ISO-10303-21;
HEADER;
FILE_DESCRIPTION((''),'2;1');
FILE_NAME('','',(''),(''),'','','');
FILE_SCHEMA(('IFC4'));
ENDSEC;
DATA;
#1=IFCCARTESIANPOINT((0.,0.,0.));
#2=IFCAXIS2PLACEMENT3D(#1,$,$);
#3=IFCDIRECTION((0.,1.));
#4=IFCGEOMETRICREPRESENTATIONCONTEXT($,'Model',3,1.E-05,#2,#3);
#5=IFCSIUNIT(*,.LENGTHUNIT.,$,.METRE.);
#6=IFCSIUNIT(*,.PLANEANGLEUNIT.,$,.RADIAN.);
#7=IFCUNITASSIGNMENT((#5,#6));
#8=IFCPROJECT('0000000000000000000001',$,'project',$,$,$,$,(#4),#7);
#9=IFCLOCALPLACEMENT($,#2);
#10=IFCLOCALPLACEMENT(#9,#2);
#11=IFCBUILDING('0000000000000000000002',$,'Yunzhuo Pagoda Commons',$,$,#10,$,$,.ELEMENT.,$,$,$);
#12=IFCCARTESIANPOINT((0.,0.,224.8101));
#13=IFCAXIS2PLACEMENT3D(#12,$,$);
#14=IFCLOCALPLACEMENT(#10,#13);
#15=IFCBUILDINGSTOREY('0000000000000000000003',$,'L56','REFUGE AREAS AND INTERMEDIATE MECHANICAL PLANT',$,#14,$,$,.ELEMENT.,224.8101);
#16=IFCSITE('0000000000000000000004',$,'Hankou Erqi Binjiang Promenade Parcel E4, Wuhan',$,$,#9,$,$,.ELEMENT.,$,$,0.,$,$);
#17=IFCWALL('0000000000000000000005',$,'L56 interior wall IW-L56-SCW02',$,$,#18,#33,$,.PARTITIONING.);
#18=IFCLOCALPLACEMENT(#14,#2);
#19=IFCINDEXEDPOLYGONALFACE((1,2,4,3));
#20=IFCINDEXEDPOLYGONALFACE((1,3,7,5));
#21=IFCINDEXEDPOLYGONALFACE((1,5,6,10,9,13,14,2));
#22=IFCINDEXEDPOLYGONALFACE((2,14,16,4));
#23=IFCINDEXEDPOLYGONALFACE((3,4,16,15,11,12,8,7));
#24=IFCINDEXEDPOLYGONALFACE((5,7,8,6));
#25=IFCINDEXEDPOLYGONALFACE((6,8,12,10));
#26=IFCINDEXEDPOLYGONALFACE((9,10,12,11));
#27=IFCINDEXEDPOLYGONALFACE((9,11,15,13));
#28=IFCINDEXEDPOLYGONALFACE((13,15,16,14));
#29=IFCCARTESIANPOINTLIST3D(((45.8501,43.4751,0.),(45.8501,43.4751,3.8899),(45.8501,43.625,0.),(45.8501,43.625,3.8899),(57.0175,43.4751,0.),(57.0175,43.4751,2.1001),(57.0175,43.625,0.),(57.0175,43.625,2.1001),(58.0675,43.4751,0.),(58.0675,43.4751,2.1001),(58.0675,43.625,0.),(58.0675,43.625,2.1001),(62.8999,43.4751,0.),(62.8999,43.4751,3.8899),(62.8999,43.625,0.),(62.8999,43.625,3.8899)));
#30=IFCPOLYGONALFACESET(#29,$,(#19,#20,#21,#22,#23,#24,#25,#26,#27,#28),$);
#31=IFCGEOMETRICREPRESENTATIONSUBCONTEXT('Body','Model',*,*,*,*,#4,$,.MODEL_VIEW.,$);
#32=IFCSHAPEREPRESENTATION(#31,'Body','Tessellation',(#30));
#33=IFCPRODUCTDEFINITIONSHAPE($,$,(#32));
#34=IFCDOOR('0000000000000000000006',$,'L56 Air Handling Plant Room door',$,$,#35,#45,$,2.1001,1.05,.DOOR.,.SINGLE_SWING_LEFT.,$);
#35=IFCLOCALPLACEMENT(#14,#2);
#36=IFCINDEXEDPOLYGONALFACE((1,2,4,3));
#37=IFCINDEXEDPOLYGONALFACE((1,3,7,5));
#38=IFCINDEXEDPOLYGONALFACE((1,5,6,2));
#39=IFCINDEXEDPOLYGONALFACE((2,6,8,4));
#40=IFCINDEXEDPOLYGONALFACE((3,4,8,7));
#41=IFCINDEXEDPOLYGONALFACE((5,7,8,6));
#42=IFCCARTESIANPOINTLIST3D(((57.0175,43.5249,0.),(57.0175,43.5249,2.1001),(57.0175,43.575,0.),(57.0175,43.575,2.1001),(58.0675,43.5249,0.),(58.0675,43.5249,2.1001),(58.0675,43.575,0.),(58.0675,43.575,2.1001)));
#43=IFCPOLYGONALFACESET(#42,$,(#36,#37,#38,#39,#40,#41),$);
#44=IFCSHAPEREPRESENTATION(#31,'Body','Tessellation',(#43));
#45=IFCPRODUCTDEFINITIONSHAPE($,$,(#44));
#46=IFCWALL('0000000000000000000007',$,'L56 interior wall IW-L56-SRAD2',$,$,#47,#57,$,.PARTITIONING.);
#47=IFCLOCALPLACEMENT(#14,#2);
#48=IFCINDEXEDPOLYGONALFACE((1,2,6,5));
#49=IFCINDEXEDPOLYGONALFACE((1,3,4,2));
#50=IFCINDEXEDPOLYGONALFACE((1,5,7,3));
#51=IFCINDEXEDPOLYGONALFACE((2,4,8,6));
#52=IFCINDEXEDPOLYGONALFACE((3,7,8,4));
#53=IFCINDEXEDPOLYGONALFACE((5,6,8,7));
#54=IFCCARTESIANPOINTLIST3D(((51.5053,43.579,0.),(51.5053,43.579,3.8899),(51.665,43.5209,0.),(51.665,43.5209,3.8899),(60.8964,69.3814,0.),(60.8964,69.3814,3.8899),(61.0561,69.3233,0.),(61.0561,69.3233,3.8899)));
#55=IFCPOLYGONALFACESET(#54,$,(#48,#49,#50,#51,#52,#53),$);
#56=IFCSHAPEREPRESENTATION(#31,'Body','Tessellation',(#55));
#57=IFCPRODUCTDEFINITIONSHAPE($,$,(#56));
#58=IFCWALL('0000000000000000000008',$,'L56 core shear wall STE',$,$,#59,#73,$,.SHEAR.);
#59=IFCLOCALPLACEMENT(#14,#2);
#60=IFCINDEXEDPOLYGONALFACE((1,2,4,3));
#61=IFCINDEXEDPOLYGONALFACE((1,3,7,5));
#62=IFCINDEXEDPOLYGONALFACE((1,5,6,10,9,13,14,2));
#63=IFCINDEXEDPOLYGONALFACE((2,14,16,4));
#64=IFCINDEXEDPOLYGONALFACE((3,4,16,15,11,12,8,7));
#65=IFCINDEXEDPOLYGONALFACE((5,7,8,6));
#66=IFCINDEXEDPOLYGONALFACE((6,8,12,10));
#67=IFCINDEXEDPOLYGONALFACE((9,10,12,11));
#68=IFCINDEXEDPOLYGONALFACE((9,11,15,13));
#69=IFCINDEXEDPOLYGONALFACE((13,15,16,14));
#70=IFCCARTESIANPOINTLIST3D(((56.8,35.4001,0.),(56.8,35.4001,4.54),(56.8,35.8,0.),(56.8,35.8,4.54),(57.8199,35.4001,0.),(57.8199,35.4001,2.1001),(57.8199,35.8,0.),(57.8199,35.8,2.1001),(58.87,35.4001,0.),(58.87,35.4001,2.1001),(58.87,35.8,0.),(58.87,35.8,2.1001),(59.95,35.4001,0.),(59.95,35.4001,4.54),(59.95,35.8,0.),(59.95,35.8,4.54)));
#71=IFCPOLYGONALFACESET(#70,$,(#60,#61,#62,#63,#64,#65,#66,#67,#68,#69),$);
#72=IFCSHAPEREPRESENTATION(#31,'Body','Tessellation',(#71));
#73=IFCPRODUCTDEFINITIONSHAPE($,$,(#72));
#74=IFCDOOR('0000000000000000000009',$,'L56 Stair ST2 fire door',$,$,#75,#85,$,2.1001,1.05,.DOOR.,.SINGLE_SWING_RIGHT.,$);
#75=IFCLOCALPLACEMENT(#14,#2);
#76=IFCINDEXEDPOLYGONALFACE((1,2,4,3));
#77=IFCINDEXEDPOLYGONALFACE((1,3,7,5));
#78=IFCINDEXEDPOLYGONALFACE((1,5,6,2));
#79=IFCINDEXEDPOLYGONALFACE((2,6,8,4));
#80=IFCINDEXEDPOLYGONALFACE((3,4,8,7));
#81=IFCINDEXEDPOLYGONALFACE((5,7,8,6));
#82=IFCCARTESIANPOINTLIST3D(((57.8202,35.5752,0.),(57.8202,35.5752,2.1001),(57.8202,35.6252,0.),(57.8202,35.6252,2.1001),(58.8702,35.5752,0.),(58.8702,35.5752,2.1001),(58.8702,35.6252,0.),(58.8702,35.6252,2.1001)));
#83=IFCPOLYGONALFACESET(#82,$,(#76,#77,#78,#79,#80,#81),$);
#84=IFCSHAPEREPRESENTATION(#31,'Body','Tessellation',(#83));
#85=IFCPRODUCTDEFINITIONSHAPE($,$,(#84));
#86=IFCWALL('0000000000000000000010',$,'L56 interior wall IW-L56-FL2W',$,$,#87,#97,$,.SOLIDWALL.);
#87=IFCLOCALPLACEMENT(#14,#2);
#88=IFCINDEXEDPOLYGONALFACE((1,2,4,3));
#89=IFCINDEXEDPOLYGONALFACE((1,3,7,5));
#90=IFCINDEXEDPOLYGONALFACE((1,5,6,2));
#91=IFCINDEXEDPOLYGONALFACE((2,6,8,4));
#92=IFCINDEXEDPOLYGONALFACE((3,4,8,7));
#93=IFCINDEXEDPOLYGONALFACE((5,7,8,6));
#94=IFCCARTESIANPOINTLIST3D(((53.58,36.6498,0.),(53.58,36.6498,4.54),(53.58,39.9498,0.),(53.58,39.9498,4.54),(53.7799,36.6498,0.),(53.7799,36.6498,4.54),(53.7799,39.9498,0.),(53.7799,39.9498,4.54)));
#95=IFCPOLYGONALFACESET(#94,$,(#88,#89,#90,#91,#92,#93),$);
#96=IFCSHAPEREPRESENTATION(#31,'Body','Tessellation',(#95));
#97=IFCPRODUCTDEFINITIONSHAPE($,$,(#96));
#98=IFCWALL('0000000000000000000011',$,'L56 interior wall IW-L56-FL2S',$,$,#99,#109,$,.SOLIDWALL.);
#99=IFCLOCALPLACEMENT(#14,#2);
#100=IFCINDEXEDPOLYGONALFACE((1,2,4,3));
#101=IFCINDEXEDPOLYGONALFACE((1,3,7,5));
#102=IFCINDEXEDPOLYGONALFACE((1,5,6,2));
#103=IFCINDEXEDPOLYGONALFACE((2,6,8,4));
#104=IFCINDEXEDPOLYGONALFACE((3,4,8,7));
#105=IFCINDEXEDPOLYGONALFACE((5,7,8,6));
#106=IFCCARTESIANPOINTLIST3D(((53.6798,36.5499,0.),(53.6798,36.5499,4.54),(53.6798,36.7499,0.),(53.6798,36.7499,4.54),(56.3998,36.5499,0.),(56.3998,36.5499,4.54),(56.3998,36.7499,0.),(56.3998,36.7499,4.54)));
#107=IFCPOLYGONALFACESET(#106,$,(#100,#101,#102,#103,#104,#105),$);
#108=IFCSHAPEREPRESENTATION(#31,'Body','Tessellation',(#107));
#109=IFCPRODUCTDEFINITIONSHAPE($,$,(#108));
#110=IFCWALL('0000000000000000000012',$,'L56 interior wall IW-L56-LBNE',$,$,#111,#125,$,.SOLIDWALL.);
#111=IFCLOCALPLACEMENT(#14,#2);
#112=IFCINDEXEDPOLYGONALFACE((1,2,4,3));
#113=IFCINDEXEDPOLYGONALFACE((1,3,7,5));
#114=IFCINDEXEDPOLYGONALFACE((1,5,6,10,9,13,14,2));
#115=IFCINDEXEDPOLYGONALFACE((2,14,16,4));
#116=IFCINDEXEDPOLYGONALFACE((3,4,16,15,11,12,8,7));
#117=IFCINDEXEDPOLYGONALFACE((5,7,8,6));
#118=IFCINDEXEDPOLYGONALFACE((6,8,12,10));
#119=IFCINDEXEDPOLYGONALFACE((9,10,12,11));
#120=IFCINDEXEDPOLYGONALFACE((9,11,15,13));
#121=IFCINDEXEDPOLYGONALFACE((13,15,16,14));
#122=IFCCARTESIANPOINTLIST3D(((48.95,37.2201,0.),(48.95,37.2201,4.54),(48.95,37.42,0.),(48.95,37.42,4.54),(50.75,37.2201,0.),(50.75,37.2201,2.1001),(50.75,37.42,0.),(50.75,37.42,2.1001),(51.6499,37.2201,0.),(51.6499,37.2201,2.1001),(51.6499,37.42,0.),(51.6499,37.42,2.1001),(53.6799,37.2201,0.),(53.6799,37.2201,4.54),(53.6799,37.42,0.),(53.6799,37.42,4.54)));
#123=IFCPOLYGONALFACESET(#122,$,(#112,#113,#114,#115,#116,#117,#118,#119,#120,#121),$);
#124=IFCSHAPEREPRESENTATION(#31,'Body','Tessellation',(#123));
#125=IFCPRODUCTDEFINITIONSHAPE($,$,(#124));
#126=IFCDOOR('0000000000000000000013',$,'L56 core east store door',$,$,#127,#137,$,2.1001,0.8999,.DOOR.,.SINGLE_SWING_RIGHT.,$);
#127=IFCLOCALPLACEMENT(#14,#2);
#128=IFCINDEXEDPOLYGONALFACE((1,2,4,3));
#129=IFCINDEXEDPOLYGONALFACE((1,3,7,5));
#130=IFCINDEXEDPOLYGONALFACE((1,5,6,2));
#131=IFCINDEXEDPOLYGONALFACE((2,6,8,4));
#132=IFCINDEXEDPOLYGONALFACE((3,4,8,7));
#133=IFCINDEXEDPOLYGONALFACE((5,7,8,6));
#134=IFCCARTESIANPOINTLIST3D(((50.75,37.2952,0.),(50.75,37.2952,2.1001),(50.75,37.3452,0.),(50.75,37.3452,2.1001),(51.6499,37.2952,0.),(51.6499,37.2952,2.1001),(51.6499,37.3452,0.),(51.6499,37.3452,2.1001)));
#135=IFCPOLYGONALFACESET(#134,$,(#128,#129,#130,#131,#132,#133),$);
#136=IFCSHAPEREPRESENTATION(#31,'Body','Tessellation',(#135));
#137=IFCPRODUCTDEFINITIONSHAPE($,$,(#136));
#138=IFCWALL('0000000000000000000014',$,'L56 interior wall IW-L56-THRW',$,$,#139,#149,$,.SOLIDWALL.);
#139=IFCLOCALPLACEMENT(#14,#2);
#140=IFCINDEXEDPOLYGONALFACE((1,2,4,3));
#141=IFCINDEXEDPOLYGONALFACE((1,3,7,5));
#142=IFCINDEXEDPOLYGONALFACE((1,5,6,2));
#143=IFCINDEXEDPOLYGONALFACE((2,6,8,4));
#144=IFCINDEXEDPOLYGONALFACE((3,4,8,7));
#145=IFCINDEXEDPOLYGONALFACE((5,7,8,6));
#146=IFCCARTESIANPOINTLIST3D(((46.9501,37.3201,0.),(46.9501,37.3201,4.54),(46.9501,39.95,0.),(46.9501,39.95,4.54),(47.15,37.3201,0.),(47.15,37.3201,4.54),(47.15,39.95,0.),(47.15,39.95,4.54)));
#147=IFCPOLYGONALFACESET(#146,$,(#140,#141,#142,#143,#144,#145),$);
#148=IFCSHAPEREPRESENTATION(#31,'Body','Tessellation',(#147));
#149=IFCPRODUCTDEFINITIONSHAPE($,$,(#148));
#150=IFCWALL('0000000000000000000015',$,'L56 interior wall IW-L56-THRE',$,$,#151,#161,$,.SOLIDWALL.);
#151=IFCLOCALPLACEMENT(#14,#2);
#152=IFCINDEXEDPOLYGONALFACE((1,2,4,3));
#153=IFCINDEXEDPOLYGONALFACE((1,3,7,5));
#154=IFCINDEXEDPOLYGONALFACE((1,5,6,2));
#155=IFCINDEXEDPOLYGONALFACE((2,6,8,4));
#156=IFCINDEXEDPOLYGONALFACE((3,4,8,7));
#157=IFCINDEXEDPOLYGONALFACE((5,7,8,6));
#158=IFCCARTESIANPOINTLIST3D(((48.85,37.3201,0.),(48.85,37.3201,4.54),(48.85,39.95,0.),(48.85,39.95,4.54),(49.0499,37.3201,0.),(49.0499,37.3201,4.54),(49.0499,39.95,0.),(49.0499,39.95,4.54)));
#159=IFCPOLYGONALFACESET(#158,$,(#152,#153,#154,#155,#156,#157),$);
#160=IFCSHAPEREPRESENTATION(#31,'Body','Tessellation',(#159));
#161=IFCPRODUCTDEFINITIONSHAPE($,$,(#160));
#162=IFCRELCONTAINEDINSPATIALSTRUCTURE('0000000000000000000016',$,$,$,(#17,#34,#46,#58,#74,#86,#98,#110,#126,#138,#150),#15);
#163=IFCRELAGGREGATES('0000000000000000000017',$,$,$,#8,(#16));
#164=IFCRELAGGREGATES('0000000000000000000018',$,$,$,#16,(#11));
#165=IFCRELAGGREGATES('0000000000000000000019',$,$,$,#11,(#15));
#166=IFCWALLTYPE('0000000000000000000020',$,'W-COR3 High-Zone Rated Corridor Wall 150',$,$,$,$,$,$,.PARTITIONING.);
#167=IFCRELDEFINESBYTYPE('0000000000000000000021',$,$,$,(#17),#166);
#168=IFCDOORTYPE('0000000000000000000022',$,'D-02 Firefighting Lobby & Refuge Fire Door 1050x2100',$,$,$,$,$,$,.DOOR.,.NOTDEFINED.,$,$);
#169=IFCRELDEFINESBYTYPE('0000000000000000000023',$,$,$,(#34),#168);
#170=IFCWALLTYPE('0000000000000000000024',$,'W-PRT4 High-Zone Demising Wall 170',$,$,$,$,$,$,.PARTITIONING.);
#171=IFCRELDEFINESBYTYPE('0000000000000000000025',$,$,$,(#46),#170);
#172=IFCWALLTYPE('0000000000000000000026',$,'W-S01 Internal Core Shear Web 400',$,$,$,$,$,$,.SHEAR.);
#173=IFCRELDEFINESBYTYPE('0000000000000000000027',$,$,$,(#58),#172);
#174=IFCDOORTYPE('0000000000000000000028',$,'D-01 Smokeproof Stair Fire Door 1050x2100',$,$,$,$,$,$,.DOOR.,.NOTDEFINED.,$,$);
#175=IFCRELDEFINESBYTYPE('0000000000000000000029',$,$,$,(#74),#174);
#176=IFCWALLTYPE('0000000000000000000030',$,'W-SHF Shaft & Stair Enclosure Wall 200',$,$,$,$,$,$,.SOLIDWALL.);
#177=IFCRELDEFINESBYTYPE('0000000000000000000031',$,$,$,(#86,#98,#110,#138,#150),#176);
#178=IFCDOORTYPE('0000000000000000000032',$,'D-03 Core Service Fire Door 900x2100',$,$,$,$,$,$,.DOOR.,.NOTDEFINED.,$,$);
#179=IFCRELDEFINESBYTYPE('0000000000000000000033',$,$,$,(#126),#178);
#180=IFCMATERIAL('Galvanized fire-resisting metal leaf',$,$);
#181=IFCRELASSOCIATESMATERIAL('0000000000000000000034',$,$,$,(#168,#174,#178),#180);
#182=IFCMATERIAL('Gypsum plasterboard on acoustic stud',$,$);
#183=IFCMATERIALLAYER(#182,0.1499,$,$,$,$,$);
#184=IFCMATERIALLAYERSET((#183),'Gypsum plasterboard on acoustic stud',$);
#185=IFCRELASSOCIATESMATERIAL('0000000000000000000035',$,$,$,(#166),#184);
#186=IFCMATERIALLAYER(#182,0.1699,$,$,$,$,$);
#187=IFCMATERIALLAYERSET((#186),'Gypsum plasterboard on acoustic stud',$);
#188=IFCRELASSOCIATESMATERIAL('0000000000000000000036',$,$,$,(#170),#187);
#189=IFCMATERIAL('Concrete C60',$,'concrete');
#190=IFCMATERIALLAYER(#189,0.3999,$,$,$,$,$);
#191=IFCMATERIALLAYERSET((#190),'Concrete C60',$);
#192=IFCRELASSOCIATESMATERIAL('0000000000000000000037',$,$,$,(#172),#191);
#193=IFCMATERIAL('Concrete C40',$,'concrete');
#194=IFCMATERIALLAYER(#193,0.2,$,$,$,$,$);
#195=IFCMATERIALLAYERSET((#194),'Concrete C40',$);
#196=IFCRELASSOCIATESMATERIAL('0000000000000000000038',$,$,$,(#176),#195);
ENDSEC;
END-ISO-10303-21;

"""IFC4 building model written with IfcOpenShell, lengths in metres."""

from ifc_helpers import new_model, si_unit, direction, frame, frame_2d, origin, origin_with_axes, place, context, subcontext, project, spatial, rectangle, extrude, source, transform, mapped, material, layer, layer_set, type_object, element, fill, save


model = new_model("IFC4")

# Units and contexts
model_context = context("Model", 3, precision=1e-05, world=origin(), true_north=direction((0.0, 1.0)))
body_context = subcontext(model_context, "Body", "Model", "MODEL_VIEW")
ifc_project = project(units=[si_unit("LENGTHUNIT", "METRE"), si_unit("PLANEANGLEUNIT", "RADIAN")], contexts=[model_context])

# Site, building, storey
site_placement = place(None, origin())
site = spatial("IfcSite", under=ifc_project, at=site_placement, Name="Hankou Erqi Binjiang Promenade Parcel E4, Wuhan", CompositionType="ELEMENT", RefElevation=0.0)
building_placement = place(site_placement, origin())
building = spatial("IfcBuilding", under=site, at=building_placement, Name="Yunzhuo Pagoda Commons", CompositionType="ELEMENT")
storey_placement = place(building_placement, frame((0.0, 0.0, 224.8101)))
storey = spatial("IfcBuildingStorey", under=building, at=storey_placement, Name="L56", Description="REFUGE AREAS AND INTERMEDIATE MECHANICAL PLANT", CompositionType="ELEMENT", Elevation=224.8101)

# Wall, opening, door
ifc_material_1 = material(Name="Galvanized fire-resisting metal leaf")
door_type_1 = type_object("IfcDoorType", Name="D-02 Firefighting Lobby & Refuge Fire Door 1050x2100", OperationType="NOTDEFINED", PredefinedType="DOOR", material=ifc_material_1)
shared_shape_1 = source(origin(), body_context, "Body", "SweptSolid", [
    extrude(rectangle(XDim=1.05, YDim=2.1001, at=frame_2d((0.5249, 1.05))), frame((0.0, 0.0249, 0.0), z_axis=(0.0, -1.0, 0.0), x_axis=(1.0, 0.0, 0.0)), (0.0, 0.0, 1.0), 0.05),
])
ifc_material_2 = material(Name="Gypsum plasterboard on acoustic stud")
ifc_layer_1 = layer(ifc_material_2, 0.1499)
ifc_layer_set_1 = layer_set([ifc_layer_1], Name="Gypsum plasterboard on acoustic stud")
wall_type_1 = type_object("IfcWallType", Name="W-COR3 High-Zone Rated Corridor Wall 150", PredefinedType="PARTITIONING", material=ifc_layer_set_1)
wall_1_placement = place(storey_placement, frame((45.8501, 43.55, 0.0), z_axis=(0.0, 0.0, 1.0), x_axis=(1.0, 0.0, 0.0)))
wall_1 = element("IfcWall", 1, at=wall_1_placement, inside=storey, type_object=wall_type_1, Name="L56 interior wall IW-L56-SCW02", PredefinedType="PARTITIONING", context=body_context, shape_type="SweptSolid", body=[
    extrude(rectangle(XDim=17.0498, YDim=0.1499, at=frame_2d((8.5249, 0.0))), origin(), (0.0, 0.0, 1.0), 3.8899),
])
opening_1_placement = place(wall_1_placement, frame((11.1675, 0.0, 0.0)))
opening_1 = element("IfcOpeningElement", 2, at=opening_1_placement, cuts=wall_1, PredefinedType="OPENING", context=body_context, shape_type="SweptSolid", body=[
    extrude(rectangle(XDim=1.05, YDim=2.1001, at=frame_2d((0.5249, 1.05))), frame((0.0, 0.085, 0.0), z_axis=(0.0, -1.0, 0.0), x_axis=(1.0, 0.0, 0.0)), (0.0, 0.0, 1.0), 0.1699),
])
door_1_placement = place(opening_1_placement, origin_with_axes())
door_1 = element("IfcDoor", 3, at=door_1_placement, inside=storey, type_object=door_type_1, Name="L56 Air Handling Plant Room door", OperationType="SINGLE_SWING_LEFT", OverallHeight=2.1001, OverallWidth=1.05, PredefinedType="DOOR", context=body_context, shape_type="MappedRepresentation", body=[
    mapped(shared_shape_1, transform((0.0, 0.0, 0.0), scale=1.0)),
])
fill(opening_1, door_1)

# Wall
ifc_layer_2 = layer(ifc_material_2, 0.1699)
ifc_layer_set_2 = layer_set([ifc_layer_2], Name="Gypsum plasterboard on acoustic stud")
wall_type_2 = type_object("IfcWallType", Name="W-PRT4 High-Zone Demising Wall 170", PredefinedType="PARTITIONING", material=ifc_layer_set_2)
wall_2_placement = place(storey_placement, frame((51.5852, 43.55, 0.0), z_axis=(0.0, 0.0, 1.0), x_axis=(0.342013, 0.939695, 0.0)))
element("IfcWall", 4, at=wall_2_placement, inside=storey, type_object=wall_type_2, Name="L56 interior wall IW-L56-SRAD2", PredefinedType="PARTITIONING", context=body_context, shape_type="SweptSolid", body=[
    extrude(rectangle(XDim=27.4583, YDim=0.1699, at=frame_2d((13.729, 0.0))), origin(), (0.0, 0.0, 1.0), 3.8899),
])

# Wall, opening, door
ifc_material_3 = material(Name="Concrete C60", Category="concrete")
ifc_layer_3 = layer(ifc_material_3, 0.3999)
ifc_layer_set_3 = layer_set([ifc_layer_3], Name="Concrete C60")
wall_type_3 = type_object("IfcWallType", Name="W-S01 Internal Core Shear Web 400", PredefinedType="SHEAR", material=ifc_layer_set_3)
wall_3_placement = place(storey_placement, frame((56.8, 35.6001, 0.0), z_axis=(0.0, 0.0, 1.0), x_axis=(1.0, 0.0, 0.0)))
wall_3 = element("IfcWall", 5, at=wall_3_placement, inside=storey, type_object=wall_type_3, Name="L56 core shear wall STE", PredefinedType="SHEAR", context=body_context, shape_type="SweptSolid", body=[
    extrude(rectangle(XDim=3.1499, YDim=0.3999, at=frame_2d((1.575, 0.0))), origin(), (0.0, 0.0, 1.0), 4.54),
])
opening_2_placement = place(wall_3_placement, frame((1.02, 0.0, 0.0)))
opening_2 = element("IfcOpeningElement", 6, at=opening_2_placement, cuts=wall_3, PredefinedType="OPENING", context=body_context, shape_type="SweptSolid", body=[
    extrude(rectangle(XDim=1.05, YDim=2.1001, at=frame_2d((0.5249, 1.05))), frame((0.0, 0.21, 0.0), z_axis=(0.0, -1.0, 0.0), x_axis=(1.0, 0.0, 0.0)), (0.0, 0.0, 1.0), 0.4199),
])
door_type_2 = type_object("IfcDoorType", Name="D-01 Smokeproof Stair Fire Door 1050x2100", OperationType="NOTDEFINED", PredefinedType="DOOR", material=ifc_material_1)
door_2_placement = place(opening_2_placement, frame((1.05, 0.0, 0.0), z_axis=(0.0, 0.0, 1.0), x_axis=(-1.0, 0.0, 0.0)))
door_2 = element("IfcDoor", 7, at=door_2_placement, inside=storey, type_object=door_type_2, Name="L56 Stair ST2 fire door", OperationType="SINGLE_SWING_RIGHT", OverallHeight=2.1001, OverallWidth=1.05, PredefinedType="DOOR", context=body_context, shape_type="MappedRepresentation", body=[
    mapped(shared_shape_1, transform((0.0, 0.0, 0.0), scale=1.0)),
])
fill(opening_2, door_2)

# Walls
ifc_material_4 = material(Name="Concrete C40", Category="concrete")
ifc_layer_4 = layer(ifc_material_4, 0.2)
ifc_layer_set_4 = layer_set([ifc_layer_4], Name="Concrete C40")
wall_type_4 = type_object("IfcWallType", Name="W-SHF Shaft & Stair Enclosure Wall 200", PredefinedType="SOLIDWALL", material=ifc_layer_set_4)
wall_4_placement = place(storey_placement, frame((53.6799, 36.6499, 0.0), z_axis=(0.0, 0.0, 1.0), x_axis=(0.0, 1.0, 0.0)))
element("IfcWall", 8, at=wall_4_placement, inside=storey, type_object=wall_type_4, Name="L56 interior wall IW-L56-FL2W", PredefinedType="SOLIDWALL", context=body_context, shape_type="SweptSolid", body=[
    extrude(rectangle(XDim=3.3, YDim=0.2, at=frame_2d((1.6499, 0.0))), origin(), (0.0, 0.0, 1.0), 4.54),
])
wall_5_placement = place(storey_placement, frame((53.6799, 36.6499, 0.0), z_axis=(0.0, 0.0, 1.0), x_axis=(1.0, 0.0, 0.0)))
element("IfcWall", 9, at=wall_5_placement, inside=storey, type_object=wall_type_4, Name="L56 interior wall IW-L56-FL2S", PredefinedType="SOLIDWALL", context=body_context, shape_type="SweptSolid", body=[
    extrude(rectangle(XDim=2.72, YDim=0.2, at=frame_2d((1.3599, 0.0))), origin(), (0.0, 0.0, 1.0), 4.54),
])

# Wall, opening, door
wall_6_placement = place(storey_placement, frame((48.95, 37.3201, 0.0), z_axis=(0.0, 0.0, 1.0), x_axis=(1.0, 0.0, 0.0)))
wall_6 = element("IfcWall", 10, at=wall_6_placement, inside=storey, type_object=wall_type_4, Name="L56 interior wall IW-L56-LBNE", PredefinedType="SOLIDWALL", context=body_context, shape_type="SweptSolid", body=[
    extrude(rectangle(XDim=4.73, YDim=0.2, at=frame_2d((2.365, 0.0))), origin(), (0.0, 0.0, 1.0), 4.54),
])
opening_3_placement = place(wall_6_placement, frame((1.8, 0.0, 0.0)))
opening_3 = element("IfcOpeningElement", 11, at=opening_3_placement, cuts=wall_6, PredefinedType="OPENING", context=body_context, shape_type="SweptSolid", body=[
    extrude(rectangle(XDim=0.8999, YDim=2.1001, at=frame_2d((0.45, 1.05))), frame((0.0, 0.1099, 0.0), z_axis=(0.0, -1.0, 0.0), x_axis=(1.0, 0.0, 0.0)), (0.0, 0.0, 1.0), 0.22),
])
door_type_3 = type_object("IfcDoorType", Name="D-03 Core Service Fire Door 900x2100", OperationType="NOTDEFINED", PredefinedType="DOOR", material=ifc_material_1)
shared_shape_2 = source(origin(), body_context, "Body", "SweptSolid", [
    extrude(rectangle(XDim=0.8999, YDim=2.1001, at=frame_2d((0.45, 1.05))), frame((0.0, 0.0249, 0.0), z_axis=(0.0, -1.0, 0.0), x_axis=(1.0, 0.0, 0.0)), (0.0, 0.0, 1.0), 0.05),
])
door_3_placement = place(opening_3_placement, frame((0.8999, 0.0, 0.0), z_axis=(0.0, 0.0, 1.0), x_axis=(-1.0, 0.0, 0.0)))
door_3 = element("IfcDoor", 12, at=door_3_placement, inside=storey, type_object=door_type_3, Name="L56 core east store door", OperationType="SINGLE_SWING_RIGHT", OverallHeight=2.1001, OverallWidth=0.8999, PredefinedType="DOOR", context=body_context, shape_type="MappedRepresentation", body=[
    mapped(shared_shape_2, transform((0.0, 0.0, 0.0), scale=1.0)),
])
fill(opening_3, door_3)

# Walls
for number, where, z_axis, x_axis, name in (
    (13, (47.05, 37.3201, 0.0), (0.0, 0.0, 1.0), (0.0, 1.0, 0.0), "L56 interior wall IW-L56-THRW"),
    (14, (48.95, 37.3201, 0.0), (0.0, 0.0, 1.0), (0.0, 1.0, 0.0), "L56 interior wall IW-L56-THRE"),
):
    element("IfcWall", number, at=place(storey_placement, frame(where, z_axis=z_axis, x_axis=x_axis)), inside=storey, type_object=wall_type_4, Name=name, PredefinedType="SOLIDWALL", context=body_context, shape_type="SweptSolid", body=[
        extrude(rectangle(XDim=2.6299, YDim=0.2, at=frame_2d((1.3149, 0.0))), origin(), (0.0, 0.0, 1.0), 4.54),
    ])

save(model, "model.ifc")
